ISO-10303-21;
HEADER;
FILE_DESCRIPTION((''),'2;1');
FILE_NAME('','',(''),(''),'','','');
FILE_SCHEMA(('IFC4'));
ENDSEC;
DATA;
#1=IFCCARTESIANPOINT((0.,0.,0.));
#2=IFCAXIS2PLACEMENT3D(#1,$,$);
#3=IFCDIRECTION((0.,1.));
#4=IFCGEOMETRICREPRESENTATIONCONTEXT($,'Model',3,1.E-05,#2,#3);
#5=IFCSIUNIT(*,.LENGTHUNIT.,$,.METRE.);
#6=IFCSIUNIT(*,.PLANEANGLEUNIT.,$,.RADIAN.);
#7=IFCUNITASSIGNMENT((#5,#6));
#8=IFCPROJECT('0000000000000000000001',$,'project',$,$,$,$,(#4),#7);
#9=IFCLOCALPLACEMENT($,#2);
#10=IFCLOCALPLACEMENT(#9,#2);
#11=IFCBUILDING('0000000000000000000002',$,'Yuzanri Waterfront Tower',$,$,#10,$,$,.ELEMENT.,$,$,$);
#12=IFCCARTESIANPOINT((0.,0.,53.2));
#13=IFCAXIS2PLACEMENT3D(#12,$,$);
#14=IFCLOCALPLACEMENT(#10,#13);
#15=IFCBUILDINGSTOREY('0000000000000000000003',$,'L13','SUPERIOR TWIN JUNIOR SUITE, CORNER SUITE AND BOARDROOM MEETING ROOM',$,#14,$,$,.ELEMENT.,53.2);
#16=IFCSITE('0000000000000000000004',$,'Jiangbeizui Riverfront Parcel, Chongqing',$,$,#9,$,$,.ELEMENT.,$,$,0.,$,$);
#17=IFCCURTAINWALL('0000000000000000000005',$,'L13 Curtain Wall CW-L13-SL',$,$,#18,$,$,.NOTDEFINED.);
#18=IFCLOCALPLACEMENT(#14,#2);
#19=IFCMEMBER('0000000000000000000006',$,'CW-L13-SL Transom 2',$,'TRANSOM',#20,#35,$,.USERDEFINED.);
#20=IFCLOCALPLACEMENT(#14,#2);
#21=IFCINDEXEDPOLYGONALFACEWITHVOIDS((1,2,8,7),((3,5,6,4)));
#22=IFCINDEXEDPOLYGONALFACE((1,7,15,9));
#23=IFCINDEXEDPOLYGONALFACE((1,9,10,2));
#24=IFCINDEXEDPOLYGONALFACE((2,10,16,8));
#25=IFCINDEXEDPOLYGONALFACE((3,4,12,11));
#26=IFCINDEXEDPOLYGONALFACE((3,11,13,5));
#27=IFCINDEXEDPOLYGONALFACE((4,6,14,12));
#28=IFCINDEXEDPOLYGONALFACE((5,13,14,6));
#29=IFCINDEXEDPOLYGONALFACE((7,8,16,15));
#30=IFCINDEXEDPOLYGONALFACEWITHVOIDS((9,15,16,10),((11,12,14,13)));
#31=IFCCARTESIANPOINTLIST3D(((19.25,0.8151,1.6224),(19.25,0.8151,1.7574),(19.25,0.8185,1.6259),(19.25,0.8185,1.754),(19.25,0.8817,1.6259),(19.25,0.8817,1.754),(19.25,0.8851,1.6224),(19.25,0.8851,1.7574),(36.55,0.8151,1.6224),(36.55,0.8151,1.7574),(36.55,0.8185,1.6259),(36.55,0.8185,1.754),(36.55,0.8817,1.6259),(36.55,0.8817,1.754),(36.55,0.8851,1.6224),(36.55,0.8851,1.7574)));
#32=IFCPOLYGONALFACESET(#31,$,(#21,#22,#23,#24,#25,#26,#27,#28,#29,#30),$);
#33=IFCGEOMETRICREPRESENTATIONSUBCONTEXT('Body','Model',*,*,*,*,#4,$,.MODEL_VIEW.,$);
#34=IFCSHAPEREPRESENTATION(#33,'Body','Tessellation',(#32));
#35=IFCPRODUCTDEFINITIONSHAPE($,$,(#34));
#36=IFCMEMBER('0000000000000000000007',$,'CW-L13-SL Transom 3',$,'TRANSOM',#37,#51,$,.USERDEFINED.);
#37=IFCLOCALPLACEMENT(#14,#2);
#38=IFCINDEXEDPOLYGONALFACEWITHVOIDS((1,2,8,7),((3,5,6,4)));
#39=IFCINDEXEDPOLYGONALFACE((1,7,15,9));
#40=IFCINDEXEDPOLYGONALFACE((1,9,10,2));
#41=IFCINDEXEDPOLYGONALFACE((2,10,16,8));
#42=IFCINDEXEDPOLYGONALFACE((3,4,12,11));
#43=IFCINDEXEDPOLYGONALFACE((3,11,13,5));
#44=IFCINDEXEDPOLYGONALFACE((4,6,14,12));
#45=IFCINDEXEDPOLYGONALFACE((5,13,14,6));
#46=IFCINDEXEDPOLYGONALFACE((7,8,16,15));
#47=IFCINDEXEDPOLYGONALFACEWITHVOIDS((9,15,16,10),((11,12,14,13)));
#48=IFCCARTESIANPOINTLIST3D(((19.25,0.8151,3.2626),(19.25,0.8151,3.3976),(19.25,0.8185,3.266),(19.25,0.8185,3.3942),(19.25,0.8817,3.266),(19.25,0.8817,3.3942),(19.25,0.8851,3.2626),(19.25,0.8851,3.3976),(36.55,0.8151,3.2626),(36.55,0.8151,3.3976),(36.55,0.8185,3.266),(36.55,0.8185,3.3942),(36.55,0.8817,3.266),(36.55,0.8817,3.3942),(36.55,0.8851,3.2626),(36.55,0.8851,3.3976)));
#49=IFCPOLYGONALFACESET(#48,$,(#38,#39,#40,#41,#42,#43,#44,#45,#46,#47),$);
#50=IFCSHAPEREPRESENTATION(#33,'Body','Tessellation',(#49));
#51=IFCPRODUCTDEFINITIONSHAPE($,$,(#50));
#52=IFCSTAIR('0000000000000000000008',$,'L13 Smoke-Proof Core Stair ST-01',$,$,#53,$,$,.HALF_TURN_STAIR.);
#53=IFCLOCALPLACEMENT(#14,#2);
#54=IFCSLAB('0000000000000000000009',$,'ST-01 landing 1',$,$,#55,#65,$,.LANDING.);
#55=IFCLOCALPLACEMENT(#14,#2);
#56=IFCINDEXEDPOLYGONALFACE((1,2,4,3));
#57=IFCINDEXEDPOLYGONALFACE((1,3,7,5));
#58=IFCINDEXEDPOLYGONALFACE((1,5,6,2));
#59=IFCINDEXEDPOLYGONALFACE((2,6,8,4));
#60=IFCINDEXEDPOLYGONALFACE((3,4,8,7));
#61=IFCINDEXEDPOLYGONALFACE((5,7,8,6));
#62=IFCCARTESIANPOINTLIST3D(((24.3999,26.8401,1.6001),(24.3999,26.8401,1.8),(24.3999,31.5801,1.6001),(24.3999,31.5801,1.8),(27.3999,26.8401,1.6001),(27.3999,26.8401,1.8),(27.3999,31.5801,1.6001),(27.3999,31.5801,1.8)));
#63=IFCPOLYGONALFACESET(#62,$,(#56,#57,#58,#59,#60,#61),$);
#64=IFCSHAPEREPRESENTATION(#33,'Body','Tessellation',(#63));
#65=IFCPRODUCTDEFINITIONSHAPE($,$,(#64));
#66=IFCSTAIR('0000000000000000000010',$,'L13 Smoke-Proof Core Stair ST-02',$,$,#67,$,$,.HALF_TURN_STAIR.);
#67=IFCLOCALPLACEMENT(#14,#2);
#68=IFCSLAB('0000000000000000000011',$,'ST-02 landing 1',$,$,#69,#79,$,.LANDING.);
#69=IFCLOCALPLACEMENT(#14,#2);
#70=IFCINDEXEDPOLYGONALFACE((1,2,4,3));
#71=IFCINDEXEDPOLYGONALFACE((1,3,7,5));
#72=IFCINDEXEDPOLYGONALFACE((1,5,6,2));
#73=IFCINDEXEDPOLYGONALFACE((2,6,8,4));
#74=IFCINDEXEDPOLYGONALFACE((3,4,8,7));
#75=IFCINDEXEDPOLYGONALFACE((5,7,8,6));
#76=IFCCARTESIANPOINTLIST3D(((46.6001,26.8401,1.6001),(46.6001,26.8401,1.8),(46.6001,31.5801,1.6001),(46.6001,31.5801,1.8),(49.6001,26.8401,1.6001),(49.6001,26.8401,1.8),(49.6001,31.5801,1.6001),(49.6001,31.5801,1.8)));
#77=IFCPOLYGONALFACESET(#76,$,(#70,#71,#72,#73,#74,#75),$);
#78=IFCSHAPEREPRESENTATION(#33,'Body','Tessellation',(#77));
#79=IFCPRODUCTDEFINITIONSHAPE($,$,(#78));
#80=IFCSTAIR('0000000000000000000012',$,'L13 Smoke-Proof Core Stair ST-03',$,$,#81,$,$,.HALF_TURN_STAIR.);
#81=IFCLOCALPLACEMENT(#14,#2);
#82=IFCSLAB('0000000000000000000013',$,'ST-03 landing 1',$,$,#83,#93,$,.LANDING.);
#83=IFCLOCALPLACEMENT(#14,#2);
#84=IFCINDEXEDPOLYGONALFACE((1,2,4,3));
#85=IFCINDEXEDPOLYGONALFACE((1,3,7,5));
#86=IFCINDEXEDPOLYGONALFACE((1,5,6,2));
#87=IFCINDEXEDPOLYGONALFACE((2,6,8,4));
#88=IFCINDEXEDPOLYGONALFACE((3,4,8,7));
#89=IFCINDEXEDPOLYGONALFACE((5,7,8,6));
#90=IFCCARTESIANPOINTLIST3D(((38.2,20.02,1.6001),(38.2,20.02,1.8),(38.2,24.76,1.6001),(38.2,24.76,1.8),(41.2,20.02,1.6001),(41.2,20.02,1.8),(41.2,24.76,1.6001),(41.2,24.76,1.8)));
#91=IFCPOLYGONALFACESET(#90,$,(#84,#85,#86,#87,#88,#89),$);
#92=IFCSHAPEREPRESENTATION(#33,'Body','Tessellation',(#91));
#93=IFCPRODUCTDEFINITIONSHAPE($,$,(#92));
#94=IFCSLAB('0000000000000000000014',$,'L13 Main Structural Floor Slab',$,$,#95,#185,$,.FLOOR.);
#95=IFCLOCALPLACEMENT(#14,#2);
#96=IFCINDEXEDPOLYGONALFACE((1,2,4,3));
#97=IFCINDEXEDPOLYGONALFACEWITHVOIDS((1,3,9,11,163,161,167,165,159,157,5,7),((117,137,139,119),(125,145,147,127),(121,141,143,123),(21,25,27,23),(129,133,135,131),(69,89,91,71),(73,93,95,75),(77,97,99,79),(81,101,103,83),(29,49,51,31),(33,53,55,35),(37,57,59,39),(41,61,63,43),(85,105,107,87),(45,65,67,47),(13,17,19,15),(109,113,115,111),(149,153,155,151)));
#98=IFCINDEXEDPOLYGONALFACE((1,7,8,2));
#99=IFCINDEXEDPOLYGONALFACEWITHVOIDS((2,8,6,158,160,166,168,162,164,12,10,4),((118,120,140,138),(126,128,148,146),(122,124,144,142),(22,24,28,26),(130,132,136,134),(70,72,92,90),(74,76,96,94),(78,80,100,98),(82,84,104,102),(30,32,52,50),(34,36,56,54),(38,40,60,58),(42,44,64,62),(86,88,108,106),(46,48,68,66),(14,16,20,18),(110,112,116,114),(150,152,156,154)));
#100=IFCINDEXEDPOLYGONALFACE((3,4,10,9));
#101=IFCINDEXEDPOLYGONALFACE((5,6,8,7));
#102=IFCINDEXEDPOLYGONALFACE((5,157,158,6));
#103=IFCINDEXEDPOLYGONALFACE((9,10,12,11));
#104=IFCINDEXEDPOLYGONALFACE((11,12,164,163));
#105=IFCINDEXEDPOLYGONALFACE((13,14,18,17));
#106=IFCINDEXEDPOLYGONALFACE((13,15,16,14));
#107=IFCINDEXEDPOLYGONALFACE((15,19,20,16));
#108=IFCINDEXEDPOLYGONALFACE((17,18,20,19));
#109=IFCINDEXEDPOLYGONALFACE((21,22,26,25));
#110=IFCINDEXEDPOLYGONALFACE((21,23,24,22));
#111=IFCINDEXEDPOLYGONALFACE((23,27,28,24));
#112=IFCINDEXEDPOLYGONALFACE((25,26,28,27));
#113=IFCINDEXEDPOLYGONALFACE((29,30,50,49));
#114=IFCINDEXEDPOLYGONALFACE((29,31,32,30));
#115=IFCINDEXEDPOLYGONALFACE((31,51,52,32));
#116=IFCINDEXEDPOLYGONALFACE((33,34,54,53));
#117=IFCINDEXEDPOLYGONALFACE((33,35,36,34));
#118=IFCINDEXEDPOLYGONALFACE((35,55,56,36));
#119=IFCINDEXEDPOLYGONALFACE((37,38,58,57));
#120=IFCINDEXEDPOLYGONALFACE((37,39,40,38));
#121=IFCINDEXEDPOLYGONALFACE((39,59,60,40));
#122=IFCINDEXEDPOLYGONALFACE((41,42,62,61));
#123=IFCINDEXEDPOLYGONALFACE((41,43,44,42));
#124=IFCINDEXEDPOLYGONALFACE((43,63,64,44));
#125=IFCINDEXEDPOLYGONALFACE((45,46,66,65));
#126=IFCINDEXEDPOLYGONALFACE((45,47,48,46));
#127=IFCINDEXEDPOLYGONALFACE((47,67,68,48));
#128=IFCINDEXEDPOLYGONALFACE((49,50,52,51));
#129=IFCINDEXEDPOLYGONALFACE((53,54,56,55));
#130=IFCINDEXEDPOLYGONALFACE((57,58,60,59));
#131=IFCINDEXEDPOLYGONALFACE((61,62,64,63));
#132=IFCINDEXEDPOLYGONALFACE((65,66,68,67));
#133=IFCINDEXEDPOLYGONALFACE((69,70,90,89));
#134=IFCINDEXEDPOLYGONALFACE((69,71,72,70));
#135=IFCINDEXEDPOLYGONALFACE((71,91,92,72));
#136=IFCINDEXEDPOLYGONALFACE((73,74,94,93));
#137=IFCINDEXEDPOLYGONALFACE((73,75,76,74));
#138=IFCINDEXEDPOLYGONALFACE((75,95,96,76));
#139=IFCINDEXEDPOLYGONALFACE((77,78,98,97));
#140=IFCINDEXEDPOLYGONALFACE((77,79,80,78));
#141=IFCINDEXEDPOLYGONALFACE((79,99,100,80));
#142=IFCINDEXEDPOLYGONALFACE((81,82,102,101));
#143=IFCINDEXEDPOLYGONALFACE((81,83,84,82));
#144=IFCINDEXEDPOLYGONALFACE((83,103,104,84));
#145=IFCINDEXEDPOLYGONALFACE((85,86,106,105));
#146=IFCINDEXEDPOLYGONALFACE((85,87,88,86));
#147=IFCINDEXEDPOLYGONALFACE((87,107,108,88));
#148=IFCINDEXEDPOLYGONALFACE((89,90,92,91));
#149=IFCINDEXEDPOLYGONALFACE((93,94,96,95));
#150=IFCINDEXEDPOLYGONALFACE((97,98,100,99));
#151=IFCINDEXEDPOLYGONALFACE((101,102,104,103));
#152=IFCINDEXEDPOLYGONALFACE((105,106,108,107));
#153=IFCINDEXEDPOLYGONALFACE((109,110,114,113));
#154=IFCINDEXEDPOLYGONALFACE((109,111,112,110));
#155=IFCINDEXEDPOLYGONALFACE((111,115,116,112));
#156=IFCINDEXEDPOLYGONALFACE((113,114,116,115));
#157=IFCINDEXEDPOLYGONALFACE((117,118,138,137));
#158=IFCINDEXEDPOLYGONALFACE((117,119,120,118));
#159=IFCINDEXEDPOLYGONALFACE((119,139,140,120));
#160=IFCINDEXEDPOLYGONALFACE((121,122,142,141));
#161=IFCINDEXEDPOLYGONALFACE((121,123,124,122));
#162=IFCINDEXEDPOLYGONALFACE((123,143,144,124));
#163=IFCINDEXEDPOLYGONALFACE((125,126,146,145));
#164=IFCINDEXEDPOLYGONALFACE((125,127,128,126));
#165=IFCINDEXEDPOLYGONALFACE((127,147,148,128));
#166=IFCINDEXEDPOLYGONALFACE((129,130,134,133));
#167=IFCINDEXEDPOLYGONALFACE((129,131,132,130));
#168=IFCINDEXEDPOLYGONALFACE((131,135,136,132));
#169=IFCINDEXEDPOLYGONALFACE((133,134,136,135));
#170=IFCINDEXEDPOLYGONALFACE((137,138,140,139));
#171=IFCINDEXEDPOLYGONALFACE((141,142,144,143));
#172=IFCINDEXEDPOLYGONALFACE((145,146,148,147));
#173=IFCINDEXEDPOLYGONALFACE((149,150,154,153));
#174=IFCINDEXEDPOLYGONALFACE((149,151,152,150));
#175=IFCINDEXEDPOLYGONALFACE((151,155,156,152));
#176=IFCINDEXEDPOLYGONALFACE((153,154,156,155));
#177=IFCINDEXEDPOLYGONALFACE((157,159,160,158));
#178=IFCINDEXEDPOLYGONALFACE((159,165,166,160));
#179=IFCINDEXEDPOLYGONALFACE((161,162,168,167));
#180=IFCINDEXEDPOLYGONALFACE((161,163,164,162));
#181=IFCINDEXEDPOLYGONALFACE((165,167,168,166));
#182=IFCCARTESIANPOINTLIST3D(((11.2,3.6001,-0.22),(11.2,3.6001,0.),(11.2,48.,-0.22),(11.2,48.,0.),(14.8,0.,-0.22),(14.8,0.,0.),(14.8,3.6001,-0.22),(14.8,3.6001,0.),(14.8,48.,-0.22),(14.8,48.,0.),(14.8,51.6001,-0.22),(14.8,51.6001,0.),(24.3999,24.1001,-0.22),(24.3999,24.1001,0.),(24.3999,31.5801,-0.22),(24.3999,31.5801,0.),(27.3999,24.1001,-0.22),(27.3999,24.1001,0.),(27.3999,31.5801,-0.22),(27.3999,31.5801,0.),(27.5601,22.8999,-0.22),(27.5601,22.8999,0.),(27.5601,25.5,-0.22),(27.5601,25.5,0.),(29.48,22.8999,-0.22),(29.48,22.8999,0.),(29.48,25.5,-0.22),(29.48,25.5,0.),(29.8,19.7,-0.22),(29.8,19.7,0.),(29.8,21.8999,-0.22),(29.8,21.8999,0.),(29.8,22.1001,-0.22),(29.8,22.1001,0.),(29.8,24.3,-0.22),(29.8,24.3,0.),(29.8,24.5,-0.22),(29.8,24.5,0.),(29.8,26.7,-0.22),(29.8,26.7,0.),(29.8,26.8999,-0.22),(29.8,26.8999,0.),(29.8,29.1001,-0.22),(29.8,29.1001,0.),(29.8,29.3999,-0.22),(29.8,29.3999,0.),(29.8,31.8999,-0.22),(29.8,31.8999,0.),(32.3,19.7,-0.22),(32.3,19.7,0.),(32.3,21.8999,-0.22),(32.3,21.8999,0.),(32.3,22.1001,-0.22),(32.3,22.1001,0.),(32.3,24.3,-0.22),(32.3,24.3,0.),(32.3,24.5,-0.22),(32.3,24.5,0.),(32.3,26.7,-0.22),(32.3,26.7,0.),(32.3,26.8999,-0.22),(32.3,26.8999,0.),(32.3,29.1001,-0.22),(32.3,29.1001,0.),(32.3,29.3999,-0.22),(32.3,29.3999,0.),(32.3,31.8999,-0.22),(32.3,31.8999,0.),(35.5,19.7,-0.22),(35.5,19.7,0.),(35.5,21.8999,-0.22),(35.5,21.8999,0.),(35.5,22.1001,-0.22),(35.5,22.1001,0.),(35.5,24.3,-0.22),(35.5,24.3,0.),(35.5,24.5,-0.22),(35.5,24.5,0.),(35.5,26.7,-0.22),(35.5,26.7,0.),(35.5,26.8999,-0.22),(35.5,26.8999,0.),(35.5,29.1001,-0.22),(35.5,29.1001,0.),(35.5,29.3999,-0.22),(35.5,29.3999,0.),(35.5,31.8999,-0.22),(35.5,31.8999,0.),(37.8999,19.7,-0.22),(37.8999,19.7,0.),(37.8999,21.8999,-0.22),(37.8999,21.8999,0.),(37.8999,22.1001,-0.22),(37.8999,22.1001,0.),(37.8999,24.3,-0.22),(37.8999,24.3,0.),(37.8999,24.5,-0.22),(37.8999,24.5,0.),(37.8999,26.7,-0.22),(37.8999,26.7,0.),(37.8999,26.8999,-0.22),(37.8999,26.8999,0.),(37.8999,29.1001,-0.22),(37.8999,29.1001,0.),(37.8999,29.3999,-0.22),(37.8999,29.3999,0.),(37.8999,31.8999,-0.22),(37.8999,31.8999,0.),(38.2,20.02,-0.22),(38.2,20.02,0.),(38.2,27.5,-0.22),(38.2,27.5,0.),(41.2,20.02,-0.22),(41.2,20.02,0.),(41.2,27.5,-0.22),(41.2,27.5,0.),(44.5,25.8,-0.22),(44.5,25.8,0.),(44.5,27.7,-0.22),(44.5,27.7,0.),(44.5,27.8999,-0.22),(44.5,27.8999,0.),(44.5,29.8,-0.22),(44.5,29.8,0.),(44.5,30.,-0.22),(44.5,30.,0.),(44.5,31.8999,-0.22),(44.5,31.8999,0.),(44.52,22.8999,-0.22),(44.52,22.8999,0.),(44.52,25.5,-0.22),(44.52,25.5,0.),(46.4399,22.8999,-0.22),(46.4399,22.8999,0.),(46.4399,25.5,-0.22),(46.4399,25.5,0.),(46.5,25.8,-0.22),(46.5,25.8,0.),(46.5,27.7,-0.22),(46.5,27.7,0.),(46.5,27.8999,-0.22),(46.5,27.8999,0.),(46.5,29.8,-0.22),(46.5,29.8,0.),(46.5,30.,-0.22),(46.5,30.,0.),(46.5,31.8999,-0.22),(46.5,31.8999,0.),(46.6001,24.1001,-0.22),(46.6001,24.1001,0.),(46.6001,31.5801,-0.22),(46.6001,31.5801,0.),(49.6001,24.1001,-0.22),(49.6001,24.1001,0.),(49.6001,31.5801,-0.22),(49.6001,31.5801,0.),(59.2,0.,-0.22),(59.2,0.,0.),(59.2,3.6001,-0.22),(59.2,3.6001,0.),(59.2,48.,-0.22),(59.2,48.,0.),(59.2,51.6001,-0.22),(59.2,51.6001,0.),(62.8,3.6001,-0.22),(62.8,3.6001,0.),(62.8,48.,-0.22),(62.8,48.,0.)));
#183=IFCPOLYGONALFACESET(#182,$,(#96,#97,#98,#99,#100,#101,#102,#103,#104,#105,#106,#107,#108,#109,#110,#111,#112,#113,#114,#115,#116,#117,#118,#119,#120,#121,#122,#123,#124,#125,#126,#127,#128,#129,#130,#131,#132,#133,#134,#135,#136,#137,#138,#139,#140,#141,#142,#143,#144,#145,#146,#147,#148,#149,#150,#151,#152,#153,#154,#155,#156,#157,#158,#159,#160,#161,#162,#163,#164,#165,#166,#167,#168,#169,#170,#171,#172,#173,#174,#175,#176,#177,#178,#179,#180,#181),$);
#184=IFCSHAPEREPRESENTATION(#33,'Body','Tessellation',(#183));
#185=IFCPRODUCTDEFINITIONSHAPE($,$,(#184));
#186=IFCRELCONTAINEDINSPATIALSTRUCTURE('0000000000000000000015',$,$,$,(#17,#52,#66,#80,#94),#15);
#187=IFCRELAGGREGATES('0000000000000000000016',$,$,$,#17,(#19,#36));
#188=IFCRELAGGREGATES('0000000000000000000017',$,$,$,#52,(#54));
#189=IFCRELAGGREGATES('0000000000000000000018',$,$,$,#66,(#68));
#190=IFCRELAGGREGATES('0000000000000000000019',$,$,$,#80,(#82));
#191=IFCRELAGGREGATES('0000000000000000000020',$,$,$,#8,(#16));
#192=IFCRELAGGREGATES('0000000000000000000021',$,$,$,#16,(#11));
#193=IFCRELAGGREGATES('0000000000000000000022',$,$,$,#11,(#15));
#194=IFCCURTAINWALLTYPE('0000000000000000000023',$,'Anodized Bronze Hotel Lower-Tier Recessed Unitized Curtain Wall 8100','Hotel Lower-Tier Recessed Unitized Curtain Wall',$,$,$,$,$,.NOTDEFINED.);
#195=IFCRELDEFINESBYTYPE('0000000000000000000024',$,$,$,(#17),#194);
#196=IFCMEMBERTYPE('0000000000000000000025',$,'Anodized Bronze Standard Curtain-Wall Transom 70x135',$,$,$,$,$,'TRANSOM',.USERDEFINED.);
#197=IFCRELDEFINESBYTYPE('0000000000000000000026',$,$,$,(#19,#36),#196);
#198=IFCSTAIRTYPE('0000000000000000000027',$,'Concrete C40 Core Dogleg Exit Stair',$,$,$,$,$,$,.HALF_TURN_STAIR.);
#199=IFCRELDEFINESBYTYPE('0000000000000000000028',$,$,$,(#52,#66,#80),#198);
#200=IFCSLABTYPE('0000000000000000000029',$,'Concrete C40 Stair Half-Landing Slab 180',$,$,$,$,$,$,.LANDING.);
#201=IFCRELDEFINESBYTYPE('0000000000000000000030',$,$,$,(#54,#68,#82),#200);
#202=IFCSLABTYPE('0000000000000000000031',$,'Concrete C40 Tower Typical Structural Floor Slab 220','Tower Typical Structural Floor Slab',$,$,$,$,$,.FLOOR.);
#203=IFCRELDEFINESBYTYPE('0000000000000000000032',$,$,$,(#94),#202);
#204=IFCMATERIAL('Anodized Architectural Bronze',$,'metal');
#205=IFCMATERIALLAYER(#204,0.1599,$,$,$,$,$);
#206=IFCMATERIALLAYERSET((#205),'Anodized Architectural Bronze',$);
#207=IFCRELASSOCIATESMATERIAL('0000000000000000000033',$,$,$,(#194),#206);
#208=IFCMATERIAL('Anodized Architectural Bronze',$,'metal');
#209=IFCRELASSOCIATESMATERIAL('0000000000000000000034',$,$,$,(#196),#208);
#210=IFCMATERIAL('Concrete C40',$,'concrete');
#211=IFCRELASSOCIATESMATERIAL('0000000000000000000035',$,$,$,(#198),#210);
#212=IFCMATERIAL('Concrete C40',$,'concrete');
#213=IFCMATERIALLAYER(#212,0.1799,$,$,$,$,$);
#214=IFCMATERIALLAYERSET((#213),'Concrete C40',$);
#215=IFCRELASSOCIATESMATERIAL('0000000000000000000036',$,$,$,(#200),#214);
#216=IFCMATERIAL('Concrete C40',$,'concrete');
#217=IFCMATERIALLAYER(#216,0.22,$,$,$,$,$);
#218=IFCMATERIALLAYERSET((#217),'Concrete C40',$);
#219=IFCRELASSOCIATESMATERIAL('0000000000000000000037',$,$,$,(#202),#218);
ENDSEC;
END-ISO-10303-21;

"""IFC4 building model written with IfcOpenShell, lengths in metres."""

from ifc_helpers import new_model, si_unit, direction, frame, origin, origin_2d, place, context, subcontext, project, spatial, polyline, hollow_rectangle, outline, extrude, source, transform, mapped, material, layer, layer_set, material_profile, profile_set, type_object, element, aggregate, save


model = new_model("IFC4")

# Units and contexts
model_context = context("Model", 3, precision=1e-05, world=origin(), true_north=direction((0.0, 1.0)))
body_context = subcontext(model_context, "Body", "Model", "MODEL_VIEW")
ifc_project = project(units=[si_unit("LENGTHUNIT", "METRE"), si_unit("PLANEANGLEUNIT", "RADIAN")], contexts=[model_context])

# Site, building, storey
site_placement = place(None, origin())
site = spatial("IfcSite", under=ifc_project, at=site_placement, Name="Jiangbeizui Riverfront Parcel, Chongqing", CompositionType="ELEMENT", RefElevation=0.0)
building_placement = place(site_placement, origin())
building = spatial("IfcBuilding", under=site, at=building_placement, Name="Yuzanri Waterfront Tower", CompositionType="ELEMENT")
storey_placement = place(building_placement, frame((0.0, 0.0, 53.2)))
storey = spatial("IfcBuildingStorey", under=building, at=storey_placement, Name="L13", Description="SUPERIOR TWIN JUNIOR SUITE, CORNER SUITE AND BOARDROOM MEETING ROOM", CompositionType="ELEMENT", Elevation=53.2)

# Curtain wall, members
ifc_material_1 = material(Name="Anodized Architectural Bronze", Category="metal")
ifc_layer_1 = layer(ifc_material_1, 0.1599)
ifc_layer_set_1 = layer_set([ifc_layer_1], Name="Anodized Architectural Bronze")
curtain_wall_type = type_object("IfcCurtainWallType", Name="Anodized Bronze Hotel Lower-Tier Recessed Unitized Curtain Wall 8100", Description="Hotel Lower-Tier Recessed Unitized Curtain Wall", PredefinedType="NOTDEFINED", material=ifc_layer_set_1)
curtain_wall_placement = place(storey_placement, origin())
curtain_wall = element("IfcCurtainWall", 1, at=curtain_wall_placement, inside=storey, type_object=curtain_wall_type, Name="L13 Curtain Wall CW-L13-SL", PredefinedType="NOTDEFINED")
ifc_material_2 = material(Name="Anodized Architectural Bronze", Category="metal")
ifc_material_profile_1 = material_profile(ifc_material_2, hollow_rectangle(XDim=0.0701, YDim=0.135, WallThickness=0.0034, at=origin_2d()), Name="CWT 70x135")
ifc_profile_set_1 = profile_set([ifc_material_profile_1], Name="Anodized Architectural Bronze")
member_type_1 = type_object("IfcMemberType", Name="Anodized Bronze Standard Curtain-Wall Transom 70x135", ElementType="TRANSOM", PredefinedType="USERDEFINED", material=ifc_profile_set_1)
shared_shape_1 = source(origin(), body_context, "Body", "SweptSolid", [
    extrude(hollow_rectangle(XDim=0.0701, YDim=0.135, WallThickness=0.0034, at=origin_2d()), origin(), (0.0, 0.0, 1.0), 17.3),
])
member_1_placement = place(storey_placement, frame((19.25, 0.8501, 1.6899), z_axis=(1.0, 0.0, 0.0), x_axis=(0.0, 1.0, 0.0)))
member_1 = element("IfcMember", 2, at=member_1_placement, type_object=member_type_1, Name="CW-L13-SL Transom 2", ObjectType="TRANSOM", PredefinedType="USERDEFINED", context=body_context, shape_type="MappedRepresentation", body=[
    mapped(shared_shape_1, transform((0.0, 0.0, 0.0), scale=1.0)),
])
member_2_placement = place(storey_placement, frame((19.25, 0.8501, 3.3301), z_axis=(1.0, 0.0, 0.0), x_axis=(0.0, 1.0, 0.0)))
member_2 = element("IfcMember", 3, at=member_2_placement, type_object=member_type_1, Name="CW-L13-SL Transom 3", ObjectType="TRANSOM", PredefinedType="USERDEFINED", context=body_context, shape_type="MappedRepresentation", body=[
    mapped(shared_shape_1, transform((0.0, 0.0, 0.0), scale=1.0)),
])
aggregate(curtain_wall, [member_1, member_2])

# Stairs, slabs
ifc_material_3 = material(Name="Concrete C40", Category="concrete")
stair_type = type_object("IfcStairType", Name="Concrete C40 Core Dogleg Exit Stair", PredefinedType="HALF_TURN_STAIR", material=ifc_material_3)
stair_1_placement = place(storey_placement, origin())
stair_1 = element("IfcStair", 4, at=stair_1_placement, inside=storey, type_object=stair_type, Name="L13 Smoke-Proof Core Stair ST-01", PredefinedType="HALF_TURN_STAIR")
ifc_material_4 = material(Name="Concrete C40", Category="concrete")
ifc_layer_2 = layer(ifc_material_4, 0.1799)
ifc_layer_set_2 = layer_set([ifc_layer_2], Name="Concrete C40")
slab_type_1 = type_object("IfcSlabType", Name="Concrete C40 Stair Half-Landing Slab 180", PredefinedType="LANDING", material=ifc_layer_set_2)
slab_1_placement = place(storey_placement, frame((0.0, 0.0, 1.6001)))
slab_1 = element("IfcSlab", 5, at=slab_1_placement, type_object=slab_type_1, Name="ST-01 landing 1", PredefinedType="LANDING", context=body_context, shape_type="SweptSolid", body=[
    extrude(outline(polyline([(27.3999, 26.8401), (27.3999, 31.5801), (24.3999, 31.5801), (24.3999, 26.8401), (27.3999, 26.8401)])), origin(), (0.0, 0.0, 1.0), 0.2),
])
aggregate(stair_1, [slab_1])
stair_2_placement = place(storey_placement, origin())
stair_2 = element("IfcStair", 6, at=stair_2_placement, inside=storey, type_object=stair_type, Name="L13 Smoke-Proof Core Stair ST-02", PredefinedType="HALF_TURN_STAIR")
slab_2_placement = place(storey_placement, frame((0.0, 0.0, 1.6001)))
slab_2 = element("IfcSlab", 7, at=slab_2_placement, type_object=slab_type_1, Name="ST-02 landing 1", PredefinedType="LANDING", context=body_context, shape_type="SweptSolid", body=[
    extrude(outline(polyline([(49.6001, 26.8401), (49.6001, 31.5801), (46.6001, 31.5801), (46.6001, 26.8401), (49.6001, 26.8401)])), origin(), (0.0, 0.0, 1.0), 0.2),
])
aggregate(stair_2, [slab_2])
stair_3_placement = place(storey_placement, origin())
stair_3 = element("IfcStair", 8, at=stair_3_placement, inside=storey, type_object=stair_type, Name="L13 Smoke-Proof Core Stair ST-03", PredefinedType="HALF_TURN_STAIR")
slab_3_placement = place(storey_placement, frame((0.0, 0.0, 1.6001)))
slab_3 = element("IfcSlab", 9, at=slab_3_placement, type_object=slab_type_1, Name="ST-03 landing 1", PredefinedType="LANDING", context=body_context, shape_type="SweptSolid", body=[
    extrude(outline(polyline([(38.2, 24.76), (38.2, 20.02), (41.2, 20.02), (41.2, 24.76), (38.2, 24.76)])), origin(), (0.0, 0.0, 1.0), 0.2),
])
aggregate(stair_3, [slab_3])

# Slab
ifc_material_5 = material(Name="Concrete C40", Category="concrete")
ifc_layer_3 = layer(ifc_material_5, 0.22)
ifc_layer_set_3 = layer_set([ifc_layer_3], Name="Concrete C40")
slab_type_2 = type_object("IfcSlabType", Name="Concrete C40 Tower Typical Structural Floor Slab 220", Description="Tower Typical Structural Floor Slab", PredefinedType="FLOOR", material=ifc_layer_set_3)
slab_4_placement = place(storey_placement, frame((0.0, 0.0, -0.22)))
element("IfcSlab", 10, at=slab_4_placement, inside=storey, type_object=slab_type_2, Name="L13 Main Structural Floor Slab", PredefinedType="FLOOR", context=body_context, shape_type="SweptSolid", body=[
    extrude(outline(polyline([(14.8, 0.0), (59.2, 0.0), (59.2, 3.6001), (62.8, 3.6001), (62.8, 48.0), (59.2, 48.0), (59.2, 51.6001), (14.8, 51.6001), (14.8, 48.0), (11.2, 48.0), (11.2, 3.6001), (14.8, 3.6001), (14.8, 0.0)]), holes=[polyline([(27.3999, 24.1001), (27.3999, 31.5801), (24.3999, 31.5801), (24.3999, 24.1001), (27.3999, 24.1001)]), polyline([(49.6001, 24.1001), (49.6001, 31.5801), (46.6001, 31.5801), (46.6001, 24.1001), (49.6001, 24.1001)]), polyline([(38.2, 27.5), (38.2, 20.02), (41.2, 20.02), (41.2, 27.5), (38.2, 27.5)]), polyline([(27.5601, 22.8999), (29.48, 22.8999), (29.48, 25.5), (27.5601, 25.5), (27.5601, 22.8999)]), polyline([(44.52, 22.8999), (46.4399, 22.8999), (46.4399, 25.5), (44.52, 25.5), (44.52, 22.8999)]), polyline([(29.8, 19.7), (32.3, 19.7), (32.3, 21.8999), (29.8, 21.8999), (29.8, 19.7)]), polyline([(29.8, 22.1001), (32.3, 22.1001), (32.3, 24.3), (29.8, 24.3), (29.8, 22.1001)]), polyline([(29.8, 24.5), (32.3, 24.5), (32.3, 26.7), (29.8, 26.7), (29.8, 24.5)]), polyline([(29.8, 26.8999), (32.3, 26.8999), (32.3, 29.1001), (29.8, 29.1001), (29.8, 26.8999)]), polyline([(29.8, 29.3999), (32.3, 29.3999), (32.3, 31.8999), (29.8, 31.8999), (29.8, 29.3999)]), polyline([(35.5, 19.7), (37.8999, 19.7), (37.8999, 21.8999), (35.5, 21.8999), (35.5, 19.7)]), polyline([(35.5, 22.1001), (37.8999, 22.1001), (37.8999, 24.3), (35.5, 24.3), (35.5, 22.1001)]), polyline([(35.5, 24.5), (37.8999, 24.5), (37.8999, 26.7), (35.5, 26.7), (35.5, 24.5)]), polyline([(35.5, 26.8999), (37.8999, 26.8999), (37.8999, 29.1001), (35.5, 29.1001), (35.5, 26.8999)]), polyline([(35.5, 29.3999), (37.8999, 29.3999), (37.8999, 31.8999), (35.5, 31.8999), (35.5, 29.3999)]), polyline([(44.5, 25.8), (46.5, 25.8), (46.5, 27.7), (44.5, 27.7), (44.5, 25.8)]), polyline([(44.5, 27.8999), (46.5, 27.8999), (46.5, 29.8), (44.5, 29.8), (44.5, 27.8999)]), polyline([(44.5, 30.0), (46.5, 30.0), (46.5, 31.8999), (44.5, 31.8999), (44.5, 30.0)])]), origin(), (0.0, 0.0, 1.0), 0.22),
])

save(model, "model.ifc")
